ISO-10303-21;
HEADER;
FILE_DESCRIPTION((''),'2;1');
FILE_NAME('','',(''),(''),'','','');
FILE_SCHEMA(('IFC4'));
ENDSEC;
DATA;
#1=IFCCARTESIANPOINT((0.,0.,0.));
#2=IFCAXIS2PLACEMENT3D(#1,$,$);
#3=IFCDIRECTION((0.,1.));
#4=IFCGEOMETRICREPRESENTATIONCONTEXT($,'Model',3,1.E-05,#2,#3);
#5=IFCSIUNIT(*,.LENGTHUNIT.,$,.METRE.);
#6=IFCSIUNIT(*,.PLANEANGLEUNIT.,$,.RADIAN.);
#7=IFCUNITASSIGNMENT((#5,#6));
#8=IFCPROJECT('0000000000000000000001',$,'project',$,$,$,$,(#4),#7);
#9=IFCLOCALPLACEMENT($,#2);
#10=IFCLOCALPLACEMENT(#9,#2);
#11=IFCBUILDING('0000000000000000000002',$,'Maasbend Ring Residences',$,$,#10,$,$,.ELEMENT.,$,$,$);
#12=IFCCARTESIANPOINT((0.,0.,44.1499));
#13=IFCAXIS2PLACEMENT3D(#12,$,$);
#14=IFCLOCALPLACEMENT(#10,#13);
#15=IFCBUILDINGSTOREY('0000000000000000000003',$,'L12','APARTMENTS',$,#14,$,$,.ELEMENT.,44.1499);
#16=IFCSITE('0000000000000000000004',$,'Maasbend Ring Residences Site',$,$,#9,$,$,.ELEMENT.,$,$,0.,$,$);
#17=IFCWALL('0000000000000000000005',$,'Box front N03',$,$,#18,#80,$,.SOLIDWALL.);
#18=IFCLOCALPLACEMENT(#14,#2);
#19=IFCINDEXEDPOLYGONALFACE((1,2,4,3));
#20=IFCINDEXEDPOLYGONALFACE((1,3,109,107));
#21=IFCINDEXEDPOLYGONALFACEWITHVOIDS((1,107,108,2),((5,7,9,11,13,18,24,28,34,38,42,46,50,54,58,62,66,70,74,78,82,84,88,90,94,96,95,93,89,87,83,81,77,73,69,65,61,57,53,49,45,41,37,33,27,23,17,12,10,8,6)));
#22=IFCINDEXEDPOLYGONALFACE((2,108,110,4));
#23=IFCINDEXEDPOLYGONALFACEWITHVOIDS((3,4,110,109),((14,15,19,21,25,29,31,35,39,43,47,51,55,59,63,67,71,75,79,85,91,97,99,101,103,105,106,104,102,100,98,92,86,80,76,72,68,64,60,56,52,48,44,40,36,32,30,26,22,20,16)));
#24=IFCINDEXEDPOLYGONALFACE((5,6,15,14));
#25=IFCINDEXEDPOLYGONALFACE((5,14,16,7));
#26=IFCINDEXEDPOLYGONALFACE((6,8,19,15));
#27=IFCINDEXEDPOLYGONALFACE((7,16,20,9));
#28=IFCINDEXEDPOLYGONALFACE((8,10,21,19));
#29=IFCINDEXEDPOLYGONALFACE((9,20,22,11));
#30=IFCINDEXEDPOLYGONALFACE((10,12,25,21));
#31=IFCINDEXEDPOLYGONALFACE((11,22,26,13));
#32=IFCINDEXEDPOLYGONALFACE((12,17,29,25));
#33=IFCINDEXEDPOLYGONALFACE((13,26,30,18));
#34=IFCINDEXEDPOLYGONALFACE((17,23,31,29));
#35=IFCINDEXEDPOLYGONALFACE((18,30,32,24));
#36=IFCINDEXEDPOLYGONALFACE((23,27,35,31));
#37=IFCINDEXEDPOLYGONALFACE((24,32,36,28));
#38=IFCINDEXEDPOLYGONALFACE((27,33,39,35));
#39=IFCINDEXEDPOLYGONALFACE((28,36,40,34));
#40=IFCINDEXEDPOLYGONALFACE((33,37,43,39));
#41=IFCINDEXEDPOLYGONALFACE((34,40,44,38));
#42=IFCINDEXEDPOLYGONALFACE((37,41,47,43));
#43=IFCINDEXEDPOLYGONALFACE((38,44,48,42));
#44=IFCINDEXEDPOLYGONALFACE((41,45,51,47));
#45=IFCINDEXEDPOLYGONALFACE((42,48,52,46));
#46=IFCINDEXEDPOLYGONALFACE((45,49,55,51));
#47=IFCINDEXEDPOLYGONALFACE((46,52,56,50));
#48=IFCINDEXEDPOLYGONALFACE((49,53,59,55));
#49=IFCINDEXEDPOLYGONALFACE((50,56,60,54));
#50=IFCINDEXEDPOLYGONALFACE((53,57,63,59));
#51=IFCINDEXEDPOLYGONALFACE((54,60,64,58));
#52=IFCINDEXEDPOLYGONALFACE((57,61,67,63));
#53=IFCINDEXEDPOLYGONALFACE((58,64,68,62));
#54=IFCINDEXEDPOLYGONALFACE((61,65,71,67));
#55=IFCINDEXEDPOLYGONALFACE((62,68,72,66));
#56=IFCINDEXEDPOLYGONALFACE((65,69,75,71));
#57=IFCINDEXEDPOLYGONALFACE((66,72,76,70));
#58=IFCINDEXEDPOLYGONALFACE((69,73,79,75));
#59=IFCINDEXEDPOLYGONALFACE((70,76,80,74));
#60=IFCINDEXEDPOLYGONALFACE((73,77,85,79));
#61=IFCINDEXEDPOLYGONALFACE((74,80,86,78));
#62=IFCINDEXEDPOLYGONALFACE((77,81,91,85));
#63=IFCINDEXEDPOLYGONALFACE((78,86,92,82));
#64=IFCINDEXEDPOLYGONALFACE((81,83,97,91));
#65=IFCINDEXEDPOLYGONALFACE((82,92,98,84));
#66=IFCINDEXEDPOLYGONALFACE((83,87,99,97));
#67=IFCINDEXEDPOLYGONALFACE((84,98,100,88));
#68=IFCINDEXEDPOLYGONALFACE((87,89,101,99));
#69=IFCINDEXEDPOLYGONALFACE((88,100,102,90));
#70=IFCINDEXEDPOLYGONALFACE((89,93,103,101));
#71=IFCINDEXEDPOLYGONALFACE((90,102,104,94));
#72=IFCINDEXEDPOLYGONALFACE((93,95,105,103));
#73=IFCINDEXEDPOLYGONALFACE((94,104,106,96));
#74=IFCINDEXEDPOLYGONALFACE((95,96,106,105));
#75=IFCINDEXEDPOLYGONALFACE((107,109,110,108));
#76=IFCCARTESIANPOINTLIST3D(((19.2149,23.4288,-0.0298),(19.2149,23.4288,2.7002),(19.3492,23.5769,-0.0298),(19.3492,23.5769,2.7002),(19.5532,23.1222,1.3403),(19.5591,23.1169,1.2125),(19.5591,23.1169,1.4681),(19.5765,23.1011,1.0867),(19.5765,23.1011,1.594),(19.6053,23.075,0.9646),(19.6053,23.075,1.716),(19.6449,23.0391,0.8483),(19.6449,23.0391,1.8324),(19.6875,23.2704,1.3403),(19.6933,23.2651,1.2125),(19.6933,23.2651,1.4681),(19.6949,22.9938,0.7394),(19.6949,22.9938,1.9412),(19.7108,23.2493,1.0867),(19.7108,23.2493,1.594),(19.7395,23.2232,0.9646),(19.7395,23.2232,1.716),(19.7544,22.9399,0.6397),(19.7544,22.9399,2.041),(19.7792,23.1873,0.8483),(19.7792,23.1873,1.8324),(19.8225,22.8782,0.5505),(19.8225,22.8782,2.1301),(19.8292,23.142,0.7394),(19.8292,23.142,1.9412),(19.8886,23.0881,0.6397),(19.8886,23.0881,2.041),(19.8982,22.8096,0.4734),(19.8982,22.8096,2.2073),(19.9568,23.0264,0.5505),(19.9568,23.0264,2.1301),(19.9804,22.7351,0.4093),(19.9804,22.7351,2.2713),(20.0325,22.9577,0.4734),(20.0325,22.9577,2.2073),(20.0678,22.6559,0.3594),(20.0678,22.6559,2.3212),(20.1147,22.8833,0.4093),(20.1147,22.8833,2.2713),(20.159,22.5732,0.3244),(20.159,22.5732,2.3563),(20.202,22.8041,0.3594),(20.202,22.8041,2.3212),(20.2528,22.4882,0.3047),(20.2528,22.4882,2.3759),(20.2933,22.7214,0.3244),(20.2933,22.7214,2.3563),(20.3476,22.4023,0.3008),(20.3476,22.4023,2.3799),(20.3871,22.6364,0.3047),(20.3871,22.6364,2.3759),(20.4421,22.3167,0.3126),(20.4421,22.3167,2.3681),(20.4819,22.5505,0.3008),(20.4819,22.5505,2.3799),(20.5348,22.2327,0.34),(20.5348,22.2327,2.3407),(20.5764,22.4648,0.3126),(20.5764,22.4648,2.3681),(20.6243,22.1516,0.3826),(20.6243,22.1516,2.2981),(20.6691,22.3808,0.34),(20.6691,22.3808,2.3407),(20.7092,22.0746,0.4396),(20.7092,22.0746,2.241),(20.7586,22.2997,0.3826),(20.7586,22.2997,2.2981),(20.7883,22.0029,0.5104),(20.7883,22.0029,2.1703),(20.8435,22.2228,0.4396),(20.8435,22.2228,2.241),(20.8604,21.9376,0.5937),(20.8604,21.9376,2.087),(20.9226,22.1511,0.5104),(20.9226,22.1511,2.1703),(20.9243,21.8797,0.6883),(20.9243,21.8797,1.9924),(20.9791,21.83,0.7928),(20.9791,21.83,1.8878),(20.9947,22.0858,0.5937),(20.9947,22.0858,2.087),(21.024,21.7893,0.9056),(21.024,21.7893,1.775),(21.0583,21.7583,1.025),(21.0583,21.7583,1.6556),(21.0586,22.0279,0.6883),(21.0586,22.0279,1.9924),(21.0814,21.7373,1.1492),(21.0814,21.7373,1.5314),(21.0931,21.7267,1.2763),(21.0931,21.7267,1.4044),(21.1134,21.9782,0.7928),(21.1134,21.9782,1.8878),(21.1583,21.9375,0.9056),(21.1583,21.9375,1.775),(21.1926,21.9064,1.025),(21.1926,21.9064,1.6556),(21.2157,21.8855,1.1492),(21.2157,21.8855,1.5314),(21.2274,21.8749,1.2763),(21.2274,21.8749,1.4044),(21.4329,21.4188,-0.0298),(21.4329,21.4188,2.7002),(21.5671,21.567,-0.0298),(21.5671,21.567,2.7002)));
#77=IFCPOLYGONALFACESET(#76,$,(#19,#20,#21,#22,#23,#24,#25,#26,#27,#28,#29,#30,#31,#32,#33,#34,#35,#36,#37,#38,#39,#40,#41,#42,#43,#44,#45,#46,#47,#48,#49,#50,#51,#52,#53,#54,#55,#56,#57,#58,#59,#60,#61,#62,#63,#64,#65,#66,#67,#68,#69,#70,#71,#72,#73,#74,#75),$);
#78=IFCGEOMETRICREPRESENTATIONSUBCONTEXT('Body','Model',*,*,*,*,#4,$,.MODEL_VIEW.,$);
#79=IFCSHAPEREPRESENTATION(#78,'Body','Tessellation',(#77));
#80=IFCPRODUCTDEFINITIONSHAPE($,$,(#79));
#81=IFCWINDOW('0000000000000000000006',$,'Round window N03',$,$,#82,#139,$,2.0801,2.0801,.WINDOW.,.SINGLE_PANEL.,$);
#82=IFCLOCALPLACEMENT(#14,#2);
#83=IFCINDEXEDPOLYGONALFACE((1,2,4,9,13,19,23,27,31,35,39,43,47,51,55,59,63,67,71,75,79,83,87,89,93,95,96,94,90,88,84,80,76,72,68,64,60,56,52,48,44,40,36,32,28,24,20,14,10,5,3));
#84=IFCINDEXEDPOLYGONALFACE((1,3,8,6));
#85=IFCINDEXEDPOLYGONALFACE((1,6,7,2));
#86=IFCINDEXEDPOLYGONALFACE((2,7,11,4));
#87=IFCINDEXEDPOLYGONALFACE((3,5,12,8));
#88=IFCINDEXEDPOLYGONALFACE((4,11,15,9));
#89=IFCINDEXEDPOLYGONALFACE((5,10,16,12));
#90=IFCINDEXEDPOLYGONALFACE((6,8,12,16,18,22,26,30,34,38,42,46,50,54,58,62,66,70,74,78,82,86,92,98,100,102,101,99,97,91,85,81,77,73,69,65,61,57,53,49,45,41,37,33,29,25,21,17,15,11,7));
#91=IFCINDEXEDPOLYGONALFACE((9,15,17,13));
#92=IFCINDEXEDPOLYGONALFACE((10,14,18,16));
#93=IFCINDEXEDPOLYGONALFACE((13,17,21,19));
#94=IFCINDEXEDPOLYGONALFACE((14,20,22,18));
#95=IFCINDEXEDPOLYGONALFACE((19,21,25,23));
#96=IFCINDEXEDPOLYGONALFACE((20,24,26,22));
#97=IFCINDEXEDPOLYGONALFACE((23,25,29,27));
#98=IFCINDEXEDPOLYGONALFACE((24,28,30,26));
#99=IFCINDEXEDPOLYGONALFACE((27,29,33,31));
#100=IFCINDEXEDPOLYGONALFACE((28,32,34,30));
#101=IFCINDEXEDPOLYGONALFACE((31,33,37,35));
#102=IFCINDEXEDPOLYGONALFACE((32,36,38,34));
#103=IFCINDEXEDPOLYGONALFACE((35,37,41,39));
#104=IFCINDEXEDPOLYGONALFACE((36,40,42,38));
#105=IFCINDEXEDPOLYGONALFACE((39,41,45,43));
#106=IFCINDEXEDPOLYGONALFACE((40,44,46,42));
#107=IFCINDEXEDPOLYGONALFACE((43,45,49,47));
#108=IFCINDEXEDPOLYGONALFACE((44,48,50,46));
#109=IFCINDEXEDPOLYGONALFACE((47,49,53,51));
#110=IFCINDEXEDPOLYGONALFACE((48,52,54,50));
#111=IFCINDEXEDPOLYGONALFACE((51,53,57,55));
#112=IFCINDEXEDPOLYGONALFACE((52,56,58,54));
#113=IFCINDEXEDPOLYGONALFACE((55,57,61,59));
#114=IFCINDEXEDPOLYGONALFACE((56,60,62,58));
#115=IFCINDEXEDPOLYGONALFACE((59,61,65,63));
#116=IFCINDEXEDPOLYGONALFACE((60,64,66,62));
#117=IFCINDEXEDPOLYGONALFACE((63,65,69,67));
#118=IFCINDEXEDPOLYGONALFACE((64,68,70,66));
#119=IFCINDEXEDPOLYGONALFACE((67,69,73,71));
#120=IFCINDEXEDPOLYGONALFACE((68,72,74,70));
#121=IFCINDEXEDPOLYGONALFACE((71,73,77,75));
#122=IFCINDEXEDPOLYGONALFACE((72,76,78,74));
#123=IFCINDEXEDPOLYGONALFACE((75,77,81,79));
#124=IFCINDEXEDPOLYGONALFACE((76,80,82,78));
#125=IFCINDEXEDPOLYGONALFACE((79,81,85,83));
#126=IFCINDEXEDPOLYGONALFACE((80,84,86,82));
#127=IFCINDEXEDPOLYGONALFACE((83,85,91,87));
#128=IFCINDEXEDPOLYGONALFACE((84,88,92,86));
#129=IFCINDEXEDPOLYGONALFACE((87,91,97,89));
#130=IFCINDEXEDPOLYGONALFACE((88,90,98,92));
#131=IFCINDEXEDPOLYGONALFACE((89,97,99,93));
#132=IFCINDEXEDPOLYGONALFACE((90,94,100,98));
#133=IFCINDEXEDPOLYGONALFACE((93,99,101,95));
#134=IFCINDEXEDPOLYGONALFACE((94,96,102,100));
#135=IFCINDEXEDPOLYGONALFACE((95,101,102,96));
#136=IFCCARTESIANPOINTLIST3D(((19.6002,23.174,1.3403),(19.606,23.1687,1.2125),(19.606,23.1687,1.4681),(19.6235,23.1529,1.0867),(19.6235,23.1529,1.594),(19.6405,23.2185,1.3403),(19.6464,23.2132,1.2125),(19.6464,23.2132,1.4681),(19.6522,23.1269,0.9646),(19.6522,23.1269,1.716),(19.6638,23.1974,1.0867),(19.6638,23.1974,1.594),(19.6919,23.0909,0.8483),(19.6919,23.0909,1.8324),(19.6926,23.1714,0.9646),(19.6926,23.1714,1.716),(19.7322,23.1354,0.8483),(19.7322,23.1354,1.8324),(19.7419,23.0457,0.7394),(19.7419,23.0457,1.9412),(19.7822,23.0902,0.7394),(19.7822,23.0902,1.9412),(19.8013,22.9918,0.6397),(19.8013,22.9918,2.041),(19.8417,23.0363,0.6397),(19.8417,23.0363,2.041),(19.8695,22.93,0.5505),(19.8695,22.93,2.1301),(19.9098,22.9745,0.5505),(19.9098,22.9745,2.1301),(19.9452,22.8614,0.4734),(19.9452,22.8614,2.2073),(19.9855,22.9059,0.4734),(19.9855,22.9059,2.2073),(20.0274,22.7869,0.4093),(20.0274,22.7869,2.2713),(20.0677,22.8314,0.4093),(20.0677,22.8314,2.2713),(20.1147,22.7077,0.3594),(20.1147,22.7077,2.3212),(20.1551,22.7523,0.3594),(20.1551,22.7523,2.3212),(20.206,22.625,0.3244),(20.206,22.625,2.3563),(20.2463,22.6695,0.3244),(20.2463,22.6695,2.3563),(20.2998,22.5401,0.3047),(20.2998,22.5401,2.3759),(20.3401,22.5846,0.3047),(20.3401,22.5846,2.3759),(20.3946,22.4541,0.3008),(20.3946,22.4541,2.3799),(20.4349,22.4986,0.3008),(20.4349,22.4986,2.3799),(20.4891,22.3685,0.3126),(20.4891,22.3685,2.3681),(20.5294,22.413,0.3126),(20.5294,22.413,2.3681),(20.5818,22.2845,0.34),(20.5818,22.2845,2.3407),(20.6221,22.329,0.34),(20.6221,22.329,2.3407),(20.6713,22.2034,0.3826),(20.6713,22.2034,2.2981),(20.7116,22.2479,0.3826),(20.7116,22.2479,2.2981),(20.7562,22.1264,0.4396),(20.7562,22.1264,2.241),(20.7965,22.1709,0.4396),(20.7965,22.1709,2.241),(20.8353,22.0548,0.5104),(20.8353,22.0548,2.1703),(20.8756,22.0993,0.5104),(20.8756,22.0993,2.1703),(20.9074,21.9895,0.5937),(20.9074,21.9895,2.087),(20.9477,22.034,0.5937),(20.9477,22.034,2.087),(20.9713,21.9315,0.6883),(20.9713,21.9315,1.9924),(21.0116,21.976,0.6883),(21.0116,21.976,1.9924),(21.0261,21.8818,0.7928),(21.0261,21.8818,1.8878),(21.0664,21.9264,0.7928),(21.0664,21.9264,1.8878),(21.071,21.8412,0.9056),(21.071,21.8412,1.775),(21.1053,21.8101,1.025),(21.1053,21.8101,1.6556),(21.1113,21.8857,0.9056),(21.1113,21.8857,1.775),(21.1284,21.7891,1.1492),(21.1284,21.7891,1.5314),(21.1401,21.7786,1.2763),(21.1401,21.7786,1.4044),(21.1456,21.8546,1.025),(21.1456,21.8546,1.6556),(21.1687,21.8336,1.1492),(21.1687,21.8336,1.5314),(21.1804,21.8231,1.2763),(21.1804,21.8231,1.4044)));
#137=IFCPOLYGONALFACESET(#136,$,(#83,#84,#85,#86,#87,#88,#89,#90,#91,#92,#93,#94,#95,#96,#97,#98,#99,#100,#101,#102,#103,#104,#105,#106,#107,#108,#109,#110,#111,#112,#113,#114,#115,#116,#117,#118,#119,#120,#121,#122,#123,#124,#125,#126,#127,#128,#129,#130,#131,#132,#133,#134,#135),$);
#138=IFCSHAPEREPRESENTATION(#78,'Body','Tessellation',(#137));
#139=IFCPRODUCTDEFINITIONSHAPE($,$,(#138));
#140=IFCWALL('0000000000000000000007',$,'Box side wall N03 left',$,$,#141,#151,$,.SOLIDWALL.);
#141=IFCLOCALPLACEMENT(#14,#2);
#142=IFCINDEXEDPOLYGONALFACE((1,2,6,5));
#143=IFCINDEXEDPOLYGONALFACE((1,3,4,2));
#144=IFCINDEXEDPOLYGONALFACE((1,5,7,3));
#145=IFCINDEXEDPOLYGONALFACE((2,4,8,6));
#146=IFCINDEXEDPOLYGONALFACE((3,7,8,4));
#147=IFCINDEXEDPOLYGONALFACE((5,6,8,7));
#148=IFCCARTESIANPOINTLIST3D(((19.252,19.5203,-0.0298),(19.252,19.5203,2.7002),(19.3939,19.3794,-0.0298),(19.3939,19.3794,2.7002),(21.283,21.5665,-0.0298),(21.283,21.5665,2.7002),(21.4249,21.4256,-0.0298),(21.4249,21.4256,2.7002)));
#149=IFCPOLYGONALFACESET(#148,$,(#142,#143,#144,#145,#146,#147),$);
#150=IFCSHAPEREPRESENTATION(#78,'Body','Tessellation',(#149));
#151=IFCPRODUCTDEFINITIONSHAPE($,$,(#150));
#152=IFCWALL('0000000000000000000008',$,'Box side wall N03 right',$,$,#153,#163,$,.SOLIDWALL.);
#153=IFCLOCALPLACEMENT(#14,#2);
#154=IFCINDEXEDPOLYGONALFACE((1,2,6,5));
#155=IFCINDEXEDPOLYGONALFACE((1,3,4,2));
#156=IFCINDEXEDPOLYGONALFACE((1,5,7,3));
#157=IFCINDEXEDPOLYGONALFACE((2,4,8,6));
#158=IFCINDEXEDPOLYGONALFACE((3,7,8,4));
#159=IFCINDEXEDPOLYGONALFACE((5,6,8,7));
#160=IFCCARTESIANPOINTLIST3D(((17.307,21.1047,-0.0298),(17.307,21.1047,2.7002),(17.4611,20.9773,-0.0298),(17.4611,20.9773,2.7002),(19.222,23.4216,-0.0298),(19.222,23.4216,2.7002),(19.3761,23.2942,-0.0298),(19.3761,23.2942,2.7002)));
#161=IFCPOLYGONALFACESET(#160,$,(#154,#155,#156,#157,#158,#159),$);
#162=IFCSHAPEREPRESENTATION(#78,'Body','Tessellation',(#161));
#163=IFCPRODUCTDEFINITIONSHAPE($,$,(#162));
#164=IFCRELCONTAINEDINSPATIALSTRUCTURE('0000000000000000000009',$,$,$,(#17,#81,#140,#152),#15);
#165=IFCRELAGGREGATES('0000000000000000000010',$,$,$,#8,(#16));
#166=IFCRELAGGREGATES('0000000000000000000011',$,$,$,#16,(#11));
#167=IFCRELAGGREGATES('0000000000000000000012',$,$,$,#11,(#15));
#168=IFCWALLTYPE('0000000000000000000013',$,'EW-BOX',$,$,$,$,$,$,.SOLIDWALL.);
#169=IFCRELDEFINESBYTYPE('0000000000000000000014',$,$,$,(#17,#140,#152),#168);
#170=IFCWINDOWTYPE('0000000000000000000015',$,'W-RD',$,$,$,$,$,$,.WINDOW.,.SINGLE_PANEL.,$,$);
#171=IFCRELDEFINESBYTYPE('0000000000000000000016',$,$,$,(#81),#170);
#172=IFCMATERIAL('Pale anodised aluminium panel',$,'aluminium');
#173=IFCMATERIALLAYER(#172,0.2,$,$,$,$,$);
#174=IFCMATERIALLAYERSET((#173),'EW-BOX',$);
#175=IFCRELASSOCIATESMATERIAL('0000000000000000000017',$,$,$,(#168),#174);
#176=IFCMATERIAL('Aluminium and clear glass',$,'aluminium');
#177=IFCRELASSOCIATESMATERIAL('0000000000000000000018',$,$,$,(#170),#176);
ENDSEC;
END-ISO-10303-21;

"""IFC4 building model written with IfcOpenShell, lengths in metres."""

from ifc_helpers import new_model, si_unit, direction, frame, frame_2d, origin, place, context, subcontext, project, spatial, rectangle, circle, extrude, material, layer, layer_set, type_object, element, fill, save


model = new_model("IFC4")

# Units and contexts
model_context = context("Model", 3, precision=1e-05, world=origin(), true_north=direction((0.0, 1.0)))
body_context = subcontext(model_context, "Body", "Model", "MODEL_VIEW")
ifc_project = project(units=[si_unit("LENGTHUNIT", "METRE"), si_unit("PLANEANGLEUNIT", "RADIAN")], contexts=[model_context])

# Site, building, storey
site_placement = place(None, origin())
site = spatial("IfcSite", under=ifc_project, at=site_placement, Name="Maasbend Ring Residences Site", CompositionType="ELEMENT", RefElevation=0.0)
building_placement = place(site_placement, origin())
building = spatial("IfcBuilding", under=site, at=building_placement, Name="Maasbend Ring Residences", CompositionType="ELEMENT")
storey_placement = place(building_placement, frame((0.0, 0.0, 44.1499)))
storey = spatial("IfcBuildingStorey", under=building, at=storey_placement, Name="L12", Description="APARTMENTS", CompositionType="ELEMENT", Elevation=44.1499)

# Shared definitions
ifc_material_1 = material(Name="Pale anodised aluminium panel", Category="aluminium")
ifc_layer_1 = layer(ifc_material_1, 0.2)
ifc_layer_set_1 = layer_set([ifc_layer_1], Name="EW-BOX")
wall_type_1 = type_object("IfcWallType", Name="EW-BOX", PredefinedType="SOLIDWALL", material=ifc_layer_set_1)
ifc_material_2 = material(Name="Aluminium and clear glass", Category="aluminium")
window_type_1 = type_object("IfcWindowType", Name="W-RD", PartitioningType="SINGLE_PANEL", PredefinedType="WINDOW", material=ifc_material_2)

# Wall, opening, window
wall_1_placement = place(storey_placement, frame((21.5, 21.4929, -0.0298), z_axis=(0.0, 0.0, 1.0), x_axis=(-0.740998, 0.671507, 0.0)))
wall_1 = element("IfcWall", 1, at=wall_1_placement, inside=storey, type_object=wall_type_1, Name="Box front N03", PredefinedType="SOLIDWALL", context=body_context, shape_type="SweptSolid", body=[
    extrude(rectangle(XDim=2.9932, YDim=0.2, at=frame_2d((1.4966, 0.0))), origin(), (0.0, 0.0, 1.0), 2.73),
])
opening_1_placement = place(wall_1_placement, frame((0.4565, 0.0, 0.3301)))
opening_1 = element("IfcOpeningElement", 2, at=opening_1_placement, cuts=wall_1, PredefinedType="OPENING", context=body_context, shape_type="SweptSolid", body=[
    extrude(circle(Radius=1.04, at=frame_2d((1.04, 1.04))), frame((0.0, 0.1099, 0.0), z_axis=(0.0, -1.0, 0.0), x_axis=(1.0, 0.0, 0.0)), (0.0, 0.0, 1.0), 0.22),
])
window_1_placement = place(opening_1_placement, origin())
window_1 = element("IfcWindow", 3, at=window_1_placement, inside=storey, type_object=window_type_1, Name="Round window N03", OverallHeight=2.0801, OverallWidth=2.0801, PartitioningType="SINGLE_PANEL", PredefinedType="WINDOW", context=body_context, shape_type="SweptSolid", body=[
    extrude(circle(Radius=1.04, at=frame_2d((1.04, 1.04))), frame((0.0, 0.03, 0.0), z_axis=(0.0, -1.0, 0.0), x_axis=(1.0, 0.0, 0.0)), (0.0, 0.0, 1.0), 0.0601),
])
fill(opening_1, window_1)

# Walls
wall_2_placement = place(storey_placement, frame((19.323, 19.45, -0.0298), z_axis=(0.0, 0.0, 1.0), x_axis=(0.704477, 0.709727, 0.0)))
element("IfcWall", 4, at=wall_2_placement, inside=storey, type_object=wall_type_1, Name="Box side wall N03 left", PredefinedType="SOLIDWALL", context=body_context, shape_type="SweptSolid", body=[
    extrude(rectangle(XDim=2.8831, YDim=0.2, at=frame_2d((1.4414, 0.0))), origin(), (0.0, 0.0, 1.0), 2.73),
])
wall_3_placement = place(storey_placement, frame((17.384, 21.041, -0.0298), z_axis=(0.0, 0.0, 1.0), x_axis=(0.637096, 0.770785, 0.0)))
element("IfcWall", 5, at=wall_3_placement, inside=storey, type_object=wall_type_1, Name="Box side wall N03 right", PredefinedType="SOLIDWALL", context=body_context, shape_type="SweptSolid", body=[
    extrude(rectangle(XDim=3.0059, YDim=0.2, at=frame_2d((1.5029, 0.0))), origin(), (0.0, 0.0, 1.0), 2.73),
])

save(model, "model.ifc")
